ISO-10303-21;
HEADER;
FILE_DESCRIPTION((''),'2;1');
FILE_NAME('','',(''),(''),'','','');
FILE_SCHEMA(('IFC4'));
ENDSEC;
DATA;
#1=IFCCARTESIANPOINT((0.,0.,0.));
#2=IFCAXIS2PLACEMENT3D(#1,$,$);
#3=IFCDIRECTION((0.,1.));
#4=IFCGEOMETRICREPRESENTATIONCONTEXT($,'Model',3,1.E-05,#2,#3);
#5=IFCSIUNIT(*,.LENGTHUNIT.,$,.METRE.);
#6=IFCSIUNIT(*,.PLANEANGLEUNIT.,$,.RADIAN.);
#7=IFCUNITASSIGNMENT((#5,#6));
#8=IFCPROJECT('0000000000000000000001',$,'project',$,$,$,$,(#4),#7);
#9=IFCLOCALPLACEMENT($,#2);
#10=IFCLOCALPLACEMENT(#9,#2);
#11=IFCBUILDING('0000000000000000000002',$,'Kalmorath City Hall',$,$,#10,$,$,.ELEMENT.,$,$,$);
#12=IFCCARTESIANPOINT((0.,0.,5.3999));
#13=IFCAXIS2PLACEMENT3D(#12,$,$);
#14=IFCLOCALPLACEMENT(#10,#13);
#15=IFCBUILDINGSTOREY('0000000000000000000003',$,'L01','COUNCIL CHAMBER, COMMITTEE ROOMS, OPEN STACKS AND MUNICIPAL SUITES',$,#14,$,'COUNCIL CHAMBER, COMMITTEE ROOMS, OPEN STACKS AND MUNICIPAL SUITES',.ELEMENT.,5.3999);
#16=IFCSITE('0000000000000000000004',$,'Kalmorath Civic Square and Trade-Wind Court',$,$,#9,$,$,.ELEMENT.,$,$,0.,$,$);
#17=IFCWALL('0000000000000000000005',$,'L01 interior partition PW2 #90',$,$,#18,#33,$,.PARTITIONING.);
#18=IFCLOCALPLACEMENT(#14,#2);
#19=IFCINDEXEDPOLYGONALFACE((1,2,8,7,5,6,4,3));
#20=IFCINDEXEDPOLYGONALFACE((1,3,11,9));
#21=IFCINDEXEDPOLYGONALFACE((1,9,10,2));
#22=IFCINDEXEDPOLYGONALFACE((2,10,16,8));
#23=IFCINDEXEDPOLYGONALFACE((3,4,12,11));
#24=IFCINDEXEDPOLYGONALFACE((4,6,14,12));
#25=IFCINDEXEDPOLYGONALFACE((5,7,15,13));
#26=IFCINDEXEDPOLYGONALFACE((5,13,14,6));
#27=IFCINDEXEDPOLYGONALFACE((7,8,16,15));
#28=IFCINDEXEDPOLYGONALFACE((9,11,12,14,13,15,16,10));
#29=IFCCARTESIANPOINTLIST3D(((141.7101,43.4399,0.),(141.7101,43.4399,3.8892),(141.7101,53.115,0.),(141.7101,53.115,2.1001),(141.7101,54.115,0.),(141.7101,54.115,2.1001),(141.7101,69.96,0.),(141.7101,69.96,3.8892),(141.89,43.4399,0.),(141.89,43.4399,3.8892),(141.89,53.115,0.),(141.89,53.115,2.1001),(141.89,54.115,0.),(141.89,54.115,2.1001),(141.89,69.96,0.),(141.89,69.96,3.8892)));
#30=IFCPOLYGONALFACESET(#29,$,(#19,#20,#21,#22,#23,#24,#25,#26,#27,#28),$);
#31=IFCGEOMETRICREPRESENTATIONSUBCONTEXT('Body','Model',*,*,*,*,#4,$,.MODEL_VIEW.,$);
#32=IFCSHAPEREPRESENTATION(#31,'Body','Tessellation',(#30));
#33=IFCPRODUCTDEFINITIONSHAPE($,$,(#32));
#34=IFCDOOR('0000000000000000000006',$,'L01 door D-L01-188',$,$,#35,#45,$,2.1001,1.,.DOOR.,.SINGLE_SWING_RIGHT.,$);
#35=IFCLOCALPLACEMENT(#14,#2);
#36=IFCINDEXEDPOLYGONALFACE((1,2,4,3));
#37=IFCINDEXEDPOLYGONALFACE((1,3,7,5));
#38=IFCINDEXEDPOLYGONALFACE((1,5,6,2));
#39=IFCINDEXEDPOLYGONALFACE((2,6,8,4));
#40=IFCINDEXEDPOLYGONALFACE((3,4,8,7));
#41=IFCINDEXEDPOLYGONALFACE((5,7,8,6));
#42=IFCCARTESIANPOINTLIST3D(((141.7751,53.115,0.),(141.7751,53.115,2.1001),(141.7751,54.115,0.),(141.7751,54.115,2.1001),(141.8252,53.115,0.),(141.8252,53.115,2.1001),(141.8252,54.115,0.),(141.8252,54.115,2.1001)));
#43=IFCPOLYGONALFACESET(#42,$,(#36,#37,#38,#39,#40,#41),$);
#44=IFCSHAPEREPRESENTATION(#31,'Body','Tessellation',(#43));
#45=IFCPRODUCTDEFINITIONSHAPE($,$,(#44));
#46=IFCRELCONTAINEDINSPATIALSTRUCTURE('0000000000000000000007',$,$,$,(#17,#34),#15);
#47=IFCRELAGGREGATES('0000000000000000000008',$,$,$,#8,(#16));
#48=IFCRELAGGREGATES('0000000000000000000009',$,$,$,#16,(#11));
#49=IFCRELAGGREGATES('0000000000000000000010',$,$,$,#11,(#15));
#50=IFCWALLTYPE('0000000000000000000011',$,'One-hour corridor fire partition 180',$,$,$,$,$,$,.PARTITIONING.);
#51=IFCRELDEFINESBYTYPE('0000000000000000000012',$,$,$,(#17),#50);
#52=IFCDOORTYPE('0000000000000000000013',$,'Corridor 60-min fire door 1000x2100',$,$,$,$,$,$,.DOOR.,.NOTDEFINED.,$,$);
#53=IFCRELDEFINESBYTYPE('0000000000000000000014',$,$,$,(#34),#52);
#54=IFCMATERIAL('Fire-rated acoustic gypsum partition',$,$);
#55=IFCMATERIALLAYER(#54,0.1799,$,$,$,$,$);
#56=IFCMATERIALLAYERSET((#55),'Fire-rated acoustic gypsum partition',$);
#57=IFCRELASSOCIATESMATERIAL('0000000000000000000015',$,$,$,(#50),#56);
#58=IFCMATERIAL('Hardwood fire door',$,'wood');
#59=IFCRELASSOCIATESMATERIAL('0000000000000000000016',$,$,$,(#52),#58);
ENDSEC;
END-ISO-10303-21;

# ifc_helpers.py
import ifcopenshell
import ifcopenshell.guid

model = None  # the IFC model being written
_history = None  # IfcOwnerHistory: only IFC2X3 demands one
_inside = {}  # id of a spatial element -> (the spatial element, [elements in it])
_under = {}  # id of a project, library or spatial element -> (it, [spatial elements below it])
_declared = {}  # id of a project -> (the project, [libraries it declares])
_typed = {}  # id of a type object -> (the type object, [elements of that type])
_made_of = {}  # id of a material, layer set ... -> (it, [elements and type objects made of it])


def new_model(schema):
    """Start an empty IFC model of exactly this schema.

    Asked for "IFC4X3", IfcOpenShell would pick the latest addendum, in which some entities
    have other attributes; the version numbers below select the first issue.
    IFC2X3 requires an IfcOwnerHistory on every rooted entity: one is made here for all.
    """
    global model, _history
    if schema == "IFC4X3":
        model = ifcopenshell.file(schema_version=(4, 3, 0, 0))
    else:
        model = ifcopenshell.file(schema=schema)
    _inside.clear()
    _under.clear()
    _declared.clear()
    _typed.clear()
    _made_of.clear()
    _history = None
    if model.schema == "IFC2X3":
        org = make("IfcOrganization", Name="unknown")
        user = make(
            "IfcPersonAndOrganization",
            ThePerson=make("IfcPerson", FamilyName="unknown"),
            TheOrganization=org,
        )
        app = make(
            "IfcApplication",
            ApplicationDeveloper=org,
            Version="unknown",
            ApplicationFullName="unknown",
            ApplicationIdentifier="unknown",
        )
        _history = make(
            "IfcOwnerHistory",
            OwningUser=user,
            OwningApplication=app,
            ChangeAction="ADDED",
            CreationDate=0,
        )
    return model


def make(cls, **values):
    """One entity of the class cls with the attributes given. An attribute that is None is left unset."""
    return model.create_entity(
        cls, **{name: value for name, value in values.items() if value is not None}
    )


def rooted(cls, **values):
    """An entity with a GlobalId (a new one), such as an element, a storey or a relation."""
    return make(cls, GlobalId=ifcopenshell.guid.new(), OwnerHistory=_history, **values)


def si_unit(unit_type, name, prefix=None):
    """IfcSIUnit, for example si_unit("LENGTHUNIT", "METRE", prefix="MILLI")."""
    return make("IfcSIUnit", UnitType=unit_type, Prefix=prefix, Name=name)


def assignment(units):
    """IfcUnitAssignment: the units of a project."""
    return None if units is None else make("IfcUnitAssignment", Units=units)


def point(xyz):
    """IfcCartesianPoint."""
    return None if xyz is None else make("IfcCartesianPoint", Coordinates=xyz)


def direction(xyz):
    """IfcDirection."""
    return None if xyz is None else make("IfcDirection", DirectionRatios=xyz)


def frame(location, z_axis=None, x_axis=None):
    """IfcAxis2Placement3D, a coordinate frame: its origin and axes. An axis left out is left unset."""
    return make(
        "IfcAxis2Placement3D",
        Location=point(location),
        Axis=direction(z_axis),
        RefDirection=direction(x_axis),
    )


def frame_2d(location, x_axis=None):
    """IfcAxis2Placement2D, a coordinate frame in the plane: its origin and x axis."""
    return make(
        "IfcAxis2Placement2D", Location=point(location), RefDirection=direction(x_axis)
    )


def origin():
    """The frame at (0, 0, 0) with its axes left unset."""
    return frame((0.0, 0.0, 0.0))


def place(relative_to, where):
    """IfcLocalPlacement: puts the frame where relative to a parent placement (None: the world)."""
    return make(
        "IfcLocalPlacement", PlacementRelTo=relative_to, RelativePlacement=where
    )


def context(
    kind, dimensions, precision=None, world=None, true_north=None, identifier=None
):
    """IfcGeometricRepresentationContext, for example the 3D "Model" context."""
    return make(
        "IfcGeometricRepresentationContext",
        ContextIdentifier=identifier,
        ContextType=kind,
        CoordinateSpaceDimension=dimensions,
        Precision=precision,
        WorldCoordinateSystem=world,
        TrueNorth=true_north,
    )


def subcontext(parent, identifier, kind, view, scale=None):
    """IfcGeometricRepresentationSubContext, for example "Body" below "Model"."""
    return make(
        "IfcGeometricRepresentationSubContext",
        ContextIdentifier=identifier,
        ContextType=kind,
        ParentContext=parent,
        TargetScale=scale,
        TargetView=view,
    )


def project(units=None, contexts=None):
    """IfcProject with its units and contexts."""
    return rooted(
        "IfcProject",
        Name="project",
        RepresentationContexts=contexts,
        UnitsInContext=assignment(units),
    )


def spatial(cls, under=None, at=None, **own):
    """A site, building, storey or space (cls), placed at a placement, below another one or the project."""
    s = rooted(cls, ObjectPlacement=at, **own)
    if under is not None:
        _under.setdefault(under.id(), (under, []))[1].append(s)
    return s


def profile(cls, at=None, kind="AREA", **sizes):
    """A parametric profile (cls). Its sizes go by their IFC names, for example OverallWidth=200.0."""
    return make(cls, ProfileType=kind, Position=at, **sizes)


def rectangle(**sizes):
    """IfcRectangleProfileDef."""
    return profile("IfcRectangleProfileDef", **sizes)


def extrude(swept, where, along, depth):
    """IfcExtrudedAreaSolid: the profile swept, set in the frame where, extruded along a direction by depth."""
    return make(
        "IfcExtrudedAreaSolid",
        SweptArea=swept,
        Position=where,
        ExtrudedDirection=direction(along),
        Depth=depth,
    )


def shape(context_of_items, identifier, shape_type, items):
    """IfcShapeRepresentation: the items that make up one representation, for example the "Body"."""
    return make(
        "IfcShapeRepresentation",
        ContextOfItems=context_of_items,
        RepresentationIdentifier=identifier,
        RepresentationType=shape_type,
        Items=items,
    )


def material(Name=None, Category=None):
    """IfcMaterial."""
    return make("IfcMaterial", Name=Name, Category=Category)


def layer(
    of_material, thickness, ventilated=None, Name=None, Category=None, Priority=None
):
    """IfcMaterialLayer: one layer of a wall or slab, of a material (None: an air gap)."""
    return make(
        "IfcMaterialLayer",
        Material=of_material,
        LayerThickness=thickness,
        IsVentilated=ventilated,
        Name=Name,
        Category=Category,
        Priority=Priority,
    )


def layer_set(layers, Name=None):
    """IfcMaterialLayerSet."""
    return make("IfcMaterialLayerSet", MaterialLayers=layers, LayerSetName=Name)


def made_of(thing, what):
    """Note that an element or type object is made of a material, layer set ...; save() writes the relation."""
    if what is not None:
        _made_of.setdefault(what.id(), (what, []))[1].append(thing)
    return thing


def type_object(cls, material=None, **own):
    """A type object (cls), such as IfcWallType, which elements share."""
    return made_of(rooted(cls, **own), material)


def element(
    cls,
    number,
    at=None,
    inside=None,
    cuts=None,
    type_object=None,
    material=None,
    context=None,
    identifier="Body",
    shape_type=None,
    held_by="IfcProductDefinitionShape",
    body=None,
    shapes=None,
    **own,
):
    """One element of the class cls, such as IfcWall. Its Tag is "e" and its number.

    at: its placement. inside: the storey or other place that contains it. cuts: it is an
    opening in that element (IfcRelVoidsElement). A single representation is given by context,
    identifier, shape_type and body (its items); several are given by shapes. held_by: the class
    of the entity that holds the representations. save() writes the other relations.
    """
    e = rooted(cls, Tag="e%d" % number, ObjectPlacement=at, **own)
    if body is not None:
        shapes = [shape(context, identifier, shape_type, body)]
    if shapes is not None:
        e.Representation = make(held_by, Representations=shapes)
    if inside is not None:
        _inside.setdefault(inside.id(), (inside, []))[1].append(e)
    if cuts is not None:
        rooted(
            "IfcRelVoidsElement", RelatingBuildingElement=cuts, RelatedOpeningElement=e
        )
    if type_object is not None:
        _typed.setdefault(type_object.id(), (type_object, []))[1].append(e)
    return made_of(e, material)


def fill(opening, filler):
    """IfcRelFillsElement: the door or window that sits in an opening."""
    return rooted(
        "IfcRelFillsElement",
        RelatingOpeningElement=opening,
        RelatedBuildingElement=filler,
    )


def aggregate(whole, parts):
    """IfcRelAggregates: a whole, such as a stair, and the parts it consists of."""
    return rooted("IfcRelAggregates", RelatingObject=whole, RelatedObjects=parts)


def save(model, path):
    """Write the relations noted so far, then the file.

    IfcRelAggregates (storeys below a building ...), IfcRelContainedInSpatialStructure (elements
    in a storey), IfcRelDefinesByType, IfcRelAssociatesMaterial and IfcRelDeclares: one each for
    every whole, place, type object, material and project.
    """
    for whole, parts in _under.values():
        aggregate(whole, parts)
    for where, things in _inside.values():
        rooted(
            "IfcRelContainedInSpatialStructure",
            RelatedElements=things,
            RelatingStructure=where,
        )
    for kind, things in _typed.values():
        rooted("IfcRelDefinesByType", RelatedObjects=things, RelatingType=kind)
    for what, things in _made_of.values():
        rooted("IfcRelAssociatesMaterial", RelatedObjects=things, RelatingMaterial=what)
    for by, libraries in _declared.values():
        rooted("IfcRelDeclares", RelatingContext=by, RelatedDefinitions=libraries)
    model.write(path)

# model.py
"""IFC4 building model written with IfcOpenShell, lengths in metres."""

from ifc_helpers import new_model, si_unit, direction, frame, frame_2d, origin, place, context, subcontext, project, spatial, rectangle, extrude, material, layer, layer_set, type_object, element, fill, save


model = new_model("IFC4")

# Units and contexts
model_context = context("Model", 3, precision=1e-05, world=origin(), true_north=direction((0.0, 1.0)))
body_context = subcontext(model_context, "Body", "Model", "MODEL_VIEW")
ifc_project = project(units=[si_unit("LENGTHUNIT", "METRE"), si_unit("PLANEANGLEUNIT", "RADIAN")], contexts=[model_context])

# Site, building, storey
site_placement = place(None, origin())
site = spatial("IfcSite", under=ifc_project, at=site_placement, Name="Kalmorath Civic Square and Trade-Wind Court", CompositionType="ELEMENT", RefElevation=0.0)
building_placement = place(site_placement, origin())
building = spatial("IfcBuilding", under=site, at=building_placement, Name="Kalmorath City Hall", CompositionType="ELEMENT")
storey_placement = place(building_placement, frame((0.0, 0.0, 5.3999)))
storey = spatial("IfcBuildingStorey", under=building, at=storey_placement, Name="L01", Description="COUNCIL CHAMBER, COMMITTEE ROOMS, OPEN STACKS AND MUNICIPAL SUITES", LongName="COUNCIL CHAMBER, COMMITTEE ROOMS, OPEN STACKS AND MUNICIPAL SUITES", CompositionType="ELEMENT", Elevation=5.3999)

# Wall, opening, door
ifc_material_1 = material(Name="Fire-rated acoustic gypsum partition")
ifc_layer = layer(ifc_material_1, 0.1799)
ifc_layer_set = layer_set([ifc_layer], Name="Fire-rated acoustic gypsum partition")
wall_type = type_object("IfcWallType", Name="One-hour corridor fire partition 180", PredefinedType="PARTITIONING", material=ifc_layer_set)
wall_placement = place(storey_placement, frame((141.8, 43.4399, 0.0), z_axis=(0.0, 0.0, 1.0), x_axis=(0.0, 1.0, 0.0)))
wall = element("IfcWall", 1, at=wall_placement, inside=storey, type_object=wall_type, Name="L01 interior partition PW2 #90", PredefinedType="PARTITIONING", context=body_context, shape_type="SweptSolid", body=[
    extrude(rectangle(XDim=26.52, YDim=0.1799, at=frame_2d((13.26, 0.0))), origin(), (0.0, 0.0, 1.0), 3.8892),
])
opening_placement = place(wall_placement, frame((9.675, 0.0, 0.0)))
opening = element("IfcOpeningElement", 2, at=opening_placement, cuts=wall, PredefinedType="OPENING", context=body_context, shape_type="SweptSolid", body=[
    extrude(rectangle(XDim=1.0, YDim=2.1001, at=frame_2d((0.5, 1.05))), frame((0.0, 0.0999, 0.0), z_axis=(0.0, -1.0, 0.0), x_axis=(1.0, 0.0, 0.0)), (0.0, 0.0, 1.0), 0.2),
])
ifc_material_2 = material(Name="Hardwood fire door", Category="wood")
door_type = type_object("IfcDoorType", Name="Corridor 60-min fire door 1000x2100", OperationType="NOTDEFINED", PredefinedType="DOOR", material=ifc_material_2)
door_placement = place(opening_placement, origin())
door = element("IfcDoor", 3, at=door_placement, inside=storey, type_object=door_type, Name="L01 door D-L01-188", OperationType="SINGLE_SWING_RIGHT", OverallHeight=2.1001, OverallWidth=1.0, PredefinedType="DOOR", context=body_context, shape_type="SweptSolid", body=[
    extrude(rectangle(XDim=1.0, YDim=2.1001, at=frame_2d((0.5, 1.05))), frame((0.0, 0.0249, 0.0), z_axis=(0.0, -1.0, 0.0), x_axis=(1.0, 0.0, 0.0)), (0.0, 0.0, 1.0), 0.05),
])
fill(opening, door)

save(model, "model.ifc")
